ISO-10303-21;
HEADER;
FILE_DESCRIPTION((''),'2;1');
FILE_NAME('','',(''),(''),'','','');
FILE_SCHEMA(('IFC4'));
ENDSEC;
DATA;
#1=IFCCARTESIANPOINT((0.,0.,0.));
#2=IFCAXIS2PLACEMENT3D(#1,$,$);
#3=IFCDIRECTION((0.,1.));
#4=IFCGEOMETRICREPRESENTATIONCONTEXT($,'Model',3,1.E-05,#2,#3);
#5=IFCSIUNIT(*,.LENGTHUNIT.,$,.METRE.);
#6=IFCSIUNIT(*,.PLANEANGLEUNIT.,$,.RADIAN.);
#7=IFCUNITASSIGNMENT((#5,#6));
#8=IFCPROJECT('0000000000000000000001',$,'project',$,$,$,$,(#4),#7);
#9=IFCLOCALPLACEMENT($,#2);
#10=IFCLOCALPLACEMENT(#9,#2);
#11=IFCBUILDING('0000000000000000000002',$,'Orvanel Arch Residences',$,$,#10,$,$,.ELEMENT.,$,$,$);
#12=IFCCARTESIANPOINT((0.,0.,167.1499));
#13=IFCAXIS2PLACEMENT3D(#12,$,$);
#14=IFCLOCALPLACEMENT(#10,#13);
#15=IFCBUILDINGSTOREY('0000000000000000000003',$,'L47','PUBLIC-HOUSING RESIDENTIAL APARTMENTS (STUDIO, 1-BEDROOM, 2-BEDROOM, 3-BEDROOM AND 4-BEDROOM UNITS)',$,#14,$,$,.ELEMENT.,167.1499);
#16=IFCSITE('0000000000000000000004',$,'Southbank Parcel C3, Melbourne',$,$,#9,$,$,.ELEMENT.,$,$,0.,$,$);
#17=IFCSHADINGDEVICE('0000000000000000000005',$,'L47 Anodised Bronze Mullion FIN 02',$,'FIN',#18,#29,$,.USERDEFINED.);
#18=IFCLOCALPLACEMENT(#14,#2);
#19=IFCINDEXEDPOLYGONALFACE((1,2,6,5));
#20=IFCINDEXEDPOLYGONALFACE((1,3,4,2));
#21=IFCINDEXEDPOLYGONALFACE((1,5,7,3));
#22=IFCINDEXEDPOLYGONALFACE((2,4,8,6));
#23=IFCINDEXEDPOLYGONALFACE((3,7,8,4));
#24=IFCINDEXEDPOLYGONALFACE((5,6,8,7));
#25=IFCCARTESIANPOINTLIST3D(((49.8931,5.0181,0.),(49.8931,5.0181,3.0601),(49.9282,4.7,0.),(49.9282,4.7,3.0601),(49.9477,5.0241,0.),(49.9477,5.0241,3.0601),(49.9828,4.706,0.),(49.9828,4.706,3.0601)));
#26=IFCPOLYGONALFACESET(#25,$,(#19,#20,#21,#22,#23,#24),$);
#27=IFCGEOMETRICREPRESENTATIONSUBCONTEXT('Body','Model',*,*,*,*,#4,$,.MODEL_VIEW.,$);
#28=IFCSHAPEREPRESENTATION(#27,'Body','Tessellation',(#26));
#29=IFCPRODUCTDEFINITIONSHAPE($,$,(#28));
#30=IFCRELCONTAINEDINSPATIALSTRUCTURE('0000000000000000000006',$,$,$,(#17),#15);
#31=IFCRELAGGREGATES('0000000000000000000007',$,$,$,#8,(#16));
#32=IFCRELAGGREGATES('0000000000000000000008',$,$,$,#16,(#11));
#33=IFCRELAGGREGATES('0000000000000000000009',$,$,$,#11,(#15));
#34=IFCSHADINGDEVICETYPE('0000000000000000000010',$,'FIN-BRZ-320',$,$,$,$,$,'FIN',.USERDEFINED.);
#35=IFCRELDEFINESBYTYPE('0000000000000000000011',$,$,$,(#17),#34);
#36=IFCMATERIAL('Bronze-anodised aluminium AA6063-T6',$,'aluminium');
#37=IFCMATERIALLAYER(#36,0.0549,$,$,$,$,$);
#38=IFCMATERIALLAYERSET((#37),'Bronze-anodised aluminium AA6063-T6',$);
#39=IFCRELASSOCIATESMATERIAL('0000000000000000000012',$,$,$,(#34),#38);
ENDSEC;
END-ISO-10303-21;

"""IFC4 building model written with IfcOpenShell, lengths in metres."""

from ifc_helpers import new_model, si_unit, direction, frame, origin, origin_2d, place, context, subcontext, project, spatial, rectangle, extrude, material, layer, layer_set, type_object, element, save


model = new_model("IFC4")

# Units and contexts
model_context = context("Model", 3, precision=1e-05, world=origin(), true_north=direction((0.0, 1.0)))
body_context = subcontext(model_context, "Body", "Model", "MODEL_VIEW")
ifc_project = project(units=[si_unit("LENGTHUNIT", "METRE"), si_unit("PLANEANGLEUNIT", "RADIAN")], contexts=[model_context])

# Site, building, storey
site_placement = place(None, origin())
site = spatial("IfcSite", under=ifc_project, at=site_placement, Name="Southbank Parcel C3, Melbourne", CompositionType="ELEMENT", RefElevation=0.0)
building_placement = place(site_placement, origin())
building = spatial("IfcBuilding", under=site, at=building_placement, Name="Orvanel Arch Residences", CompositionType="ELEMENT")
storey_placement = place(building_placement, frame((0.0, 0.0, 167.1499)))
storey = spatial("IfcBuildingStorey", under=building, at=storey_placement, Name="L47", Description="PUBLIC-HOUSING RESIDENTIAL APARTMENTS (STUDIO, 1-BEDROOM, 2-BEDROOM, 3-BEDROOM AND 4-BEDROOM UNITS)", CompositionType="ELEMENT", Elevation=167.1499)

# Shared definitions
ifc_material_1 = material(Name="Bronze-anodised aluminium AA6063-T6", Category="aluminium")

# Shading device
ifc_layer_1 = layer(ifc_material_1, 0.0549)
ifc_layer_set_1 = layer_set([ifc_layer_1], Name="Bronze-anodised aluminium AA6063-T6")
shading_device_type = type_object("IfcShadingDeviceType", Name="FIN-BRZ-320", ElementType="FIN", PredefinedType="USERDEFINED", material=ifc_layer_set_1)
shading_device_placement = place(storey_placement, frame((49.938, 4.8621, 0.0), z_axis=(0.0, 0.0, 1.0), x_axis=(0.109734, -0.993961, 0.0)))
element("IfcShadingDevice", 1, at=shading_device_placement, inside=storey, type_object=shading_device_type, Name="L47 Anodised Bronze Mullion FIN 02", ObjectType="FIN", PredefinedType="USERDEFINED", context=body_context, shape_type="SweptSolid", body=[
    extrude(rectangle(XDim=0.3201, YDim=0.0549, at=origin_2d()), origin(), (0.0, 0.0, 1.0), 3.0601),
])

save(model, "model.ifc")
